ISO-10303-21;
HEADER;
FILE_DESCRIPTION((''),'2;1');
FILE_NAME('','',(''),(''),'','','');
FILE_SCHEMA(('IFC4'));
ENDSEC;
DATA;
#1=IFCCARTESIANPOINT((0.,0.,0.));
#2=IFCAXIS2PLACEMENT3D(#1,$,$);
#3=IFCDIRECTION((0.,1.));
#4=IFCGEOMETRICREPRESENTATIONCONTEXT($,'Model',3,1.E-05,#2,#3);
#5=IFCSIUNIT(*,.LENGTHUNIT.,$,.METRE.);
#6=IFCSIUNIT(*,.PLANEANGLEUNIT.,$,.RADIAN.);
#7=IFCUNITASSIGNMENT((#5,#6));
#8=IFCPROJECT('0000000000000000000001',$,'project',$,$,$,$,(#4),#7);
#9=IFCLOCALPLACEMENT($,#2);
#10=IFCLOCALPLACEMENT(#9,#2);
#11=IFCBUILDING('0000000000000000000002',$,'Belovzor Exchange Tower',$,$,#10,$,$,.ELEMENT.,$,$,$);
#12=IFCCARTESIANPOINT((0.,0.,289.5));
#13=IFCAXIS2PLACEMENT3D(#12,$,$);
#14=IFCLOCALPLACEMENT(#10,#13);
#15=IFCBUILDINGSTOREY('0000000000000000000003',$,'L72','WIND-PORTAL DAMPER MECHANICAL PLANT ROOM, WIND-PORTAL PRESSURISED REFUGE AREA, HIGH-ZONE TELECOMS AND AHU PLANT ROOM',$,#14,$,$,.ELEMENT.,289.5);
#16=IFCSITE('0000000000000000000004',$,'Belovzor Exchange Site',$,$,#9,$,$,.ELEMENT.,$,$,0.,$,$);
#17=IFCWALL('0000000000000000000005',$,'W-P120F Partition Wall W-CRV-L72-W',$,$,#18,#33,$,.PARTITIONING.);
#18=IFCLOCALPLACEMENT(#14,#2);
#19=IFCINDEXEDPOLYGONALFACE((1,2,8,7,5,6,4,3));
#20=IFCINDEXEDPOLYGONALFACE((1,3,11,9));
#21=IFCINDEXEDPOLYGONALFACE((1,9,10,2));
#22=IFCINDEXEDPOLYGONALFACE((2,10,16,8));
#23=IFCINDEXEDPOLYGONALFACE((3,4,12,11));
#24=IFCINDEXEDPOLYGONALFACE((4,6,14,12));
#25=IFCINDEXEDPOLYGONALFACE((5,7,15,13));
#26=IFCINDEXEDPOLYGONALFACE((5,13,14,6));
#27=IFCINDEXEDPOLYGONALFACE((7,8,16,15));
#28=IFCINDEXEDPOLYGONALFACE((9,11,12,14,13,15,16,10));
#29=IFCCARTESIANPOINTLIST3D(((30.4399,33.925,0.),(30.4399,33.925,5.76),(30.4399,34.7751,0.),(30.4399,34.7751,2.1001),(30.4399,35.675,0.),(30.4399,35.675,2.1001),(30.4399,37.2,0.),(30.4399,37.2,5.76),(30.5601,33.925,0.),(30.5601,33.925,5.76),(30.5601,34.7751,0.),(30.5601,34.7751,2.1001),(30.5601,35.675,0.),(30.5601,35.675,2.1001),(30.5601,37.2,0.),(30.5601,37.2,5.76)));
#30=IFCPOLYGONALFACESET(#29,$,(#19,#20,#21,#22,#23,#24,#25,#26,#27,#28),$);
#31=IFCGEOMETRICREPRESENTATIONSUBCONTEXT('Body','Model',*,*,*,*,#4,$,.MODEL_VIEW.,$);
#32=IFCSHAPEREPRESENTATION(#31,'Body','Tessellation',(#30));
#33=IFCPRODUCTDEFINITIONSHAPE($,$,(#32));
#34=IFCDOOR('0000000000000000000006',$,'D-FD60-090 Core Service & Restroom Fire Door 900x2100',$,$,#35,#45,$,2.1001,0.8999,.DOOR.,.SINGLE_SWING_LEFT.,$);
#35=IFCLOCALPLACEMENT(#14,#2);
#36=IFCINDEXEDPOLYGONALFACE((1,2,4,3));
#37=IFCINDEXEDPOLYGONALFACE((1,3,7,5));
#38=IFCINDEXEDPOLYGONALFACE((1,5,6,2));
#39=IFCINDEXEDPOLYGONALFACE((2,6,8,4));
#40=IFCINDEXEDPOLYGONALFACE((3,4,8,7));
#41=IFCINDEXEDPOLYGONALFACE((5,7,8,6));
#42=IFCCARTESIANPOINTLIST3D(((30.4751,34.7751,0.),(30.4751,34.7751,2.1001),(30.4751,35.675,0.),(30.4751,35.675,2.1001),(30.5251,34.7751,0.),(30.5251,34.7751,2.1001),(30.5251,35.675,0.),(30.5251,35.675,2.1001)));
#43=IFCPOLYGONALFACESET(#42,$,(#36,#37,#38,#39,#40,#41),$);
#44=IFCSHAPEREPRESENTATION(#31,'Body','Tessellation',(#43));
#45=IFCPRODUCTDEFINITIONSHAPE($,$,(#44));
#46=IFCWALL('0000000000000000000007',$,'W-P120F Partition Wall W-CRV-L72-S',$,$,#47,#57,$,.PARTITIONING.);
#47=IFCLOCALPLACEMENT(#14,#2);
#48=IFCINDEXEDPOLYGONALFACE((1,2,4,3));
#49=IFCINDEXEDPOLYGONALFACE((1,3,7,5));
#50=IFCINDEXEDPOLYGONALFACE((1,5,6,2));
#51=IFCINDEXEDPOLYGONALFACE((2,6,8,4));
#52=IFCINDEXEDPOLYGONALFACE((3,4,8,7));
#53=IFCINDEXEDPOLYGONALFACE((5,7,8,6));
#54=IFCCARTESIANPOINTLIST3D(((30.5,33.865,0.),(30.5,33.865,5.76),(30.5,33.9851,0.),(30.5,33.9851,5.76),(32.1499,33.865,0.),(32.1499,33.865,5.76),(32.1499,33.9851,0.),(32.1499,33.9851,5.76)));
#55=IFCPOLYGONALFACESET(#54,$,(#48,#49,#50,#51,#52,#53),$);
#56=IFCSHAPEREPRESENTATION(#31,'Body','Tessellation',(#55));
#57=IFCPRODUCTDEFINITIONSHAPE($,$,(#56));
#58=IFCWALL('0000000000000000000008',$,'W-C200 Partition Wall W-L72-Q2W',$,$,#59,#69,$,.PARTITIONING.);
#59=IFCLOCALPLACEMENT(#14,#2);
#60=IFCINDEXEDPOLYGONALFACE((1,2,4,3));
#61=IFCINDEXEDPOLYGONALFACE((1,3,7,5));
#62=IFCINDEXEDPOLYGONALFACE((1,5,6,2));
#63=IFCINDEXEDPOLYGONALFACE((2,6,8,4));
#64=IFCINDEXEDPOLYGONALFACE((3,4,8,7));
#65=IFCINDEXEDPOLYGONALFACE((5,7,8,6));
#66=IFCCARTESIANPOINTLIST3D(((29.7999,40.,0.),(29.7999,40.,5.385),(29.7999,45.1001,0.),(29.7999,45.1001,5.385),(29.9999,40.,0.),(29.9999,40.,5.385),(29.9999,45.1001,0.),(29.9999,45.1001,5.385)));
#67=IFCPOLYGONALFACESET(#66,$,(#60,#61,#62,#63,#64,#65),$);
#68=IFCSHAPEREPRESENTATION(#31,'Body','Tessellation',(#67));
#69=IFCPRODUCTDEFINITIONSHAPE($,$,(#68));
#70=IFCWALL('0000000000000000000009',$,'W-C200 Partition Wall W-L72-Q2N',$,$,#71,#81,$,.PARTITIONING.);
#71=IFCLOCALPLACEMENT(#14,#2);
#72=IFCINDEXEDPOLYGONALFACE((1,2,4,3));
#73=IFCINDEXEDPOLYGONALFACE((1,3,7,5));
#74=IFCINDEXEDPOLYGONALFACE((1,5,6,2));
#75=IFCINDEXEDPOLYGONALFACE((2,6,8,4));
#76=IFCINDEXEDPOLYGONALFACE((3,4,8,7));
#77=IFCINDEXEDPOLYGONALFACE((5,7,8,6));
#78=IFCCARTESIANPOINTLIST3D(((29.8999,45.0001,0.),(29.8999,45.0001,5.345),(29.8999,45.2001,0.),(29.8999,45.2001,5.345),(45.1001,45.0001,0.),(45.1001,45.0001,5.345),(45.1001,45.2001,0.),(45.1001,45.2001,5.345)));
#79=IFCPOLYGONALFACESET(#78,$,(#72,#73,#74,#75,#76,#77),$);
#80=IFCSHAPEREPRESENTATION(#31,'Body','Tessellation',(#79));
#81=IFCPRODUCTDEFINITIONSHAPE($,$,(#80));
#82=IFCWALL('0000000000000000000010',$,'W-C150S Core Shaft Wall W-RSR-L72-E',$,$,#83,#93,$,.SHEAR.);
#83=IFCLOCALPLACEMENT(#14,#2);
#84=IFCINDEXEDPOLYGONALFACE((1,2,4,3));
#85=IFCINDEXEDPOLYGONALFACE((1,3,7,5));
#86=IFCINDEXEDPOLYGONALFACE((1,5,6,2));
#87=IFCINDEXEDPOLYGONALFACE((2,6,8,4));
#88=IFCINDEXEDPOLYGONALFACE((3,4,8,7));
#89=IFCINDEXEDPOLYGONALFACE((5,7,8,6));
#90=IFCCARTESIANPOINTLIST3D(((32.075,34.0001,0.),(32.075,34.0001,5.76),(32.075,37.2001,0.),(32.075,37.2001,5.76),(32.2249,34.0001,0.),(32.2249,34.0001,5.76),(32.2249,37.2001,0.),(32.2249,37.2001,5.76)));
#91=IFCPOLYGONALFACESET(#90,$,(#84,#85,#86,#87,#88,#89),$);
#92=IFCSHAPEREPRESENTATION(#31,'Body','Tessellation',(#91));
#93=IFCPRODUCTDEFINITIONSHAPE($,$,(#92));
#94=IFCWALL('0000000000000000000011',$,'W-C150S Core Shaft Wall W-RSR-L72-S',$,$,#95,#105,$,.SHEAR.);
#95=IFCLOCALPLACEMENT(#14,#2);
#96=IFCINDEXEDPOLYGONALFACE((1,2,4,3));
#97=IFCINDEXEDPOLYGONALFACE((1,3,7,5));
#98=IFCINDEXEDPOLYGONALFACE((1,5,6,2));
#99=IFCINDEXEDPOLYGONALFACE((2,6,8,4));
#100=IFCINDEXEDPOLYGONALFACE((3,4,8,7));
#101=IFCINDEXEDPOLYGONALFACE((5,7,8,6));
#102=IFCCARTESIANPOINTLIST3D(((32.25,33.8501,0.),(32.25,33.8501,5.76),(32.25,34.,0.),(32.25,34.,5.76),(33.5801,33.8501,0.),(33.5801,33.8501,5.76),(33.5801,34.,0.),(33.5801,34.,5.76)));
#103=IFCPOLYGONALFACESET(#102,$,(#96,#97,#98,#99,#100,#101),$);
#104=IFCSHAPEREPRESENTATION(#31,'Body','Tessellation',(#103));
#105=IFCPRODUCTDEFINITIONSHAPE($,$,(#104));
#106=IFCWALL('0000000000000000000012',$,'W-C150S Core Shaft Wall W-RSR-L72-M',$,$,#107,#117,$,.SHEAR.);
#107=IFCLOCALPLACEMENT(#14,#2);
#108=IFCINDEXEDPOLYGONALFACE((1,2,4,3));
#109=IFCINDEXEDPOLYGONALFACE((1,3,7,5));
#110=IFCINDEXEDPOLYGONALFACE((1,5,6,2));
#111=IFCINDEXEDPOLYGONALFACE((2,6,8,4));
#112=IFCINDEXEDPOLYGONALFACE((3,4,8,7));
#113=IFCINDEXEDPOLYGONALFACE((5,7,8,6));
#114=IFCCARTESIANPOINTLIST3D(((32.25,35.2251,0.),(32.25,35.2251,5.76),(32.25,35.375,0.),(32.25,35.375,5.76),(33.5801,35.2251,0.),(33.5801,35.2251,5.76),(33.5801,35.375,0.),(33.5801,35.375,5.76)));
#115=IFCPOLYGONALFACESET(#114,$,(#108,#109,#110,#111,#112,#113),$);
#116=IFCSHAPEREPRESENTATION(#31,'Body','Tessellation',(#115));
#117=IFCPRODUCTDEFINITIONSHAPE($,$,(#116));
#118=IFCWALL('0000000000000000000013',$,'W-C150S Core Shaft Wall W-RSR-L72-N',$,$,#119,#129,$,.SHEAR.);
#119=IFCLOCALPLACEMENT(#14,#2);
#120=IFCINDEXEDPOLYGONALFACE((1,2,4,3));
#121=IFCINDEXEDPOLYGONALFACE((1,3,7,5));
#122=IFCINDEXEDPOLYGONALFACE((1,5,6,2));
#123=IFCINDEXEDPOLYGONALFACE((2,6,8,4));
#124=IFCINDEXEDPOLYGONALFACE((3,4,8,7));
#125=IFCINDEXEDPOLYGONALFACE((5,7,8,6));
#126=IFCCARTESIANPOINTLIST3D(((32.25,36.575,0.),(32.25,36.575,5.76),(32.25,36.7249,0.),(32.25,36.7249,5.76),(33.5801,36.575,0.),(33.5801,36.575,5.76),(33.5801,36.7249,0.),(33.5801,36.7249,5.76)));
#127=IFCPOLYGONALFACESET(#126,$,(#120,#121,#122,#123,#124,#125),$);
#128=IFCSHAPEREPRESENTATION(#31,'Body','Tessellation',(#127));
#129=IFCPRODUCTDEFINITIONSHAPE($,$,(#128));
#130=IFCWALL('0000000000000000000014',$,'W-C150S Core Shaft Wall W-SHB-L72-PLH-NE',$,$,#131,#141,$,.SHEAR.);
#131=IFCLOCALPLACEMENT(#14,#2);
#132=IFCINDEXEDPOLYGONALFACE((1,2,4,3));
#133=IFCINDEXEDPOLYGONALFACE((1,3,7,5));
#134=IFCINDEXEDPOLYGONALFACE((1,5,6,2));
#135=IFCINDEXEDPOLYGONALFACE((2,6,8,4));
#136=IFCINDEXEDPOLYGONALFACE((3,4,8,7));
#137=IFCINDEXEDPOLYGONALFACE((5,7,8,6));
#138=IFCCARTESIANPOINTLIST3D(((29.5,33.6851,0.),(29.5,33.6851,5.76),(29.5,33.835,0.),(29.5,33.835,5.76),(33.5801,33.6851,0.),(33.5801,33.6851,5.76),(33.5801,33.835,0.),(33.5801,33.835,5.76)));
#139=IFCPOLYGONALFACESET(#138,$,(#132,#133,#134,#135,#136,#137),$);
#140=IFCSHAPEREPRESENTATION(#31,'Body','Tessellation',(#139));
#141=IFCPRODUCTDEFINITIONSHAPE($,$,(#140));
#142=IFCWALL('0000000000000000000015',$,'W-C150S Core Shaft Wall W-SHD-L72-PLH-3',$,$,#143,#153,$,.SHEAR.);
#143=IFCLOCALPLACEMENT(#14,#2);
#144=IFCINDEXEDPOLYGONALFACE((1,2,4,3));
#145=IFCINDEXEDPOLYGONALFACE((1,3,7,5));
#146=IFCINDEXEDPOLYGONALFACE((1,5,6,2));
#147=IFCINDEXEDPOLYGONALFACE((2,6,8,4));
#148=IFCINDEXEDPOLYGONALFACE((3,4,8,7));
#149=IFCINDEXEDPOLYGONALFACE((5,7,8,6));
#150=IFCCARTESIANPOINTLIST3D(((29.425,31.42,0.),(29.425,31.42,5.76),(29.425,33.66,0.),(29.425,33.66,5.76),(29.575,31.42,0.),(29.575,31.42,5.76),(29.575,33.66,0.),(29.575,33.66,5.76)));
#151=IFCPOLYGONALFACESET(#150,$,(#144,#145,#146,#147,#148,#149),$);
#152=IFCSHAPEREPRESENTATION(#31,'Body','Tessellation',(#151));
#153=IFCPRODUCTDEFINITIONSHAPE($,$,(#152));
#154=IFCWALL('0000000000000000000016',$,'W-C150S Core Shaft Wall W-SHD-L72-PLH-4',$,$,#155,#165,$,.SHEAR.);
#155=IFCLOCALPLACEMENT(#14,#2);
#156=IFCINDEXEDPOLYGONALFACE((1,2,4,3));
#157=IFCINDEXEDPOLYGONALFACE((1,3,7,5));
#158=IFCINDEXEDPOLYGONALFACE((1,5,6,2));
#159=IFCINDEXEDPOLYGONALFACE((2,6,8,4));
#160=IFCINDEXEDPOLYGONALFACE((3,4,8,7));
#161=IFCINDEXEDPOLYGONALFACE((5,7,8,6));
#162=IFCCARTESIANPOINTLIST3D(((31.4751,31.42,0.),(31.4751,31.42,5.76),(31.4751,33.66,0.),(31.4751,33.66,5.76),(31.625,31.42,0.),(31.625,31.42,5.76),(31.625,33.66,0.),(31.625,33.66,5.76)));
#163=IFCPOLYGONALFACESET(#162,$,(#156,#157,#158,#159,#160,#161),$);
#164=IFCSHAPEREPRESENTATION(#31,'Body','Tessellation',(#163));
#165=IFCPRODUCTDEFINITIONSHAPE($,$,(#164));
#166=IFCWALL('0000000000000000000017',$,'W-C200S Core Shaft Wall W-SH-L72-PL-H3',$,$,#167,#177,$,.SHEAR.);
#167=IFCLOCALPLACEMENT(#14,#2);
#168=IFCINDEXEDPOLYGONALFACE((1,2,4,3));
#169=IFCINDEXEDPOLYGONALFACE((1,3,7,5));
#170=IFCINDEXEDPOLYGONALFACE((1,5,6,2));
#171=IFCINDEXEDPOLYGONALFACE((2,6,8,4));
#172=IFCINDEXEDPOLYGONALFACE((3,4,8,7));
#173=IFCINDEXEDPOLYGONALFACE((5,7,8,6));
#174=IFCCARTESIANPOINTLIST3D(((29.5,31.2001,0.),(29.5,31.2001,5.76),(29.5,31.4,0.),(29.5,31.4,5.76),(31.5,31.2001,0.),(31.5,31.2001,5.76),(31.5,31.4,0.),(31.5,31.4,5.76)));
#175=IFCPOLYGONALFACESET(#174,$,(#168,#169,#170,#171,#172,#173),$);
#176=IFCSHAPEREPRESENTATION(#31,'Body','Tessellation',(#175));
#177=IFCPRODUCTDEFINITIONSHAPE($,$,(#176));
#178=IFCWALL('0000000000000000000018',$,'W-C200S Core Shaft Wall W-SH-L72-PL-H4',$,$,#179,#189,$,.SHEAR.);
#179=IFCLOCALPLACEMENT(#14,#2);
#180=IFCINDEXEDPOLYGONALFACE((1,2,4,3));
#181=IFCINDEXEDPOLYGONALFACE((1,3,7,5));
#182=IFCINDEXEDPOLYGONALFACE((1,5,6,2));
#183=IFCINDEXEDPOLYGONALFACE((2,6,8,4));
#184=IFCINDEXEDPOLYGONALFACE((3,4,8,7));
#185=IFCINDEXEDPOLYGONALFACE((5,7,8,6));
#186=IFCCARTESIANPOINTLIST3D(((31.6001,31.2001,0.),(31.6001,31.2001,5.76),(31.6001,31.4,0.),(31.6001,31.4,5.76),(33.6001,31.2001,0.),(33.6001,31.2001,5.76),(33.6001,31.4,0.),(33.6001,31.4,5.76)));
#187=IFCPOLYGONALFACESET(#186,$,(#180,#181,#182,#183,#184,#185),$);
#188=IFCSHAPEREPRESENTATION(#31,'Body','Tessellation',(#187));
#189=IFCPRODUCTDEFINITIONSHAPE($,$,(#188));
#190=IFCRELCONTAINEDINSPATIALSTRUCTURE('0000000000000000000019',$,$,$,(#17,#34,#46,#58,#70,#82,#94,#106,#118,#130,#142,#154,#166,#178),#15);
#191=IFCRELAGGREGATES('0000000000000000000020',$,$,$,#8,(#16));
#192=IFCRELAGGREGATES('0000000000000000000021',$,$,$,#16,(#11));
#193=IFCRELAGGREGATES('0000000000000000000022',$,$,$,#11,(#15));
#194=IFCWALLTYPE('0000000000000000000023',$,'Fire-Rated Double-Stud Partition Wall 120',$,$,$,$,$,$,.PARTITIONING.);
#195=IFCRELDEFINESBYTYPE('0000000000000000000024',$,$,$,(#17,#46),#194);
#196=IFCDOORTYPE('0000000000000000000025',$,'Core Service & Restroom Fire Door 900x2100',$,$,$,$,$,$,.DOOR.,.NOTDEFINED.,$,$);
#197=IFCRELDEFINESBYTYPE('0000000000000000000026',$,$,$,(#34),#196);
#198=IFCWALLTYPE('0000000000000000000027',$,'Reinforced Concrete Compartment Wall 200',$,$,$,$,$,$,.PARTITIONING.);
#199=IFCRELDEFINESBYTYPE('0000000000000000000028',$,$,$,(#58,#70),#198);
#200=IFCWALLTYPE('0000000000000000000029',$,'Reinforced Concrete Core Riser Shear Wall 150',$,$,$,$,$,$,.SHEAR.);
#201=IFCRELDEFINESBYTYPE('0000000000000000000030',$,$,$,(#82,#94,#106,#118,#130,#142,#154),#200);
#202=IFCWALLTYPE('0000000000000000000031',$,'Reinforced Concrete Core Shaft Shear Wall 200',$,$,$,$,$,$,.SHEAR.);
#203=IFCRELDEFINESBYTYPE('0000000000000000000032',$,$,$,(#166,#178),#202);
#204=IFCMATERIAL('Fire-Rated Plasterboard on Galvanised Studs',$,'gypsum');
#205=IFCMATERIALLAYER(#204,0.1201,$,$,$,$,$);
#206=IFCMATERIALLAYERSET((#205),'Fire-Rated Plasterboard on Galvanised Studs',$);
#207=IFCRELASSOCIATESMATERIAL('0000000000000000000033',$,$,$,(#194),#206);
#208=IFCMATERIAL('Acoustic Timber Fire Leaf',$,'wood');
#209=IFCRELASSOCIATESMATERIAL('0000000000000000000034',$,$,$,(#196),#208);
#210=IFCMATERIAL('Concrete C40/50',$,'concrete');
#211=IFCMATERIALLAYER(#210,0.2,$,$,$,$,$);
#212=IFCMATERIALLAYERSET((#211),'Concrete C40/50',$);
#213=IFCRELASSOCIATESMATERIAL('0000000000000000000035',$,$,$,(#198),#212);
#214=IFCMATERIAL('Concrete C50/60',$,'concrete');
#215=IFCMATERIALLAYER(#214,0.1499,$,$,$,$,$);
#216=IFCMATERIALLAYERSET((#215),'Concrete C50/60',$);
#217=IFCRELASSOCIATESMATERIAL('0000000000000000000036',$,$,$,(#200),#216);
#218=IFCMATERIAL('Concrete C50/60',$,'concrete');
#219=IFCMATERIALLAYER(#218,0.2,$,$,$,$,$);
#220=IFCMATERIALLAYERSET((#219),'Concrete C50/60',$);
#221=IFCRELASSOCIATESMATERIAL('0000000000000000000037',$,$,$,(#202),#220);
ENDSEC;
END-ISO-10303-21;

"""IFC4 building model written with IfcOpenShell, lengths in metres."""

from ifc_helpers import new_model, si_unit, direction, frame, frame_2d, origin, place, context, subcontext, project, spatial, rectangle, extrude, material, layer, layer_set, type_object, element, fill, save


model = new_model("IFC4")

# Units and contexts
model_context = context("Model", 3, precision=1e-05, world=origin(), true_north=direction((0.0, 1.0)))
body_context = subcontext(model_context, "Body", "Model", "MODEL_VIEW")
ifc_project = project(units=[si_unit("LENGTHUNIT", "METRE"), si_unit("PLANEANGLEUNIT", "RADIAN")], contexts=[model_context])

# Site, building, storey
site_placement = place(None, origin())
site = spatial("IfcSite", under=ifc_project, at=site_placement, Name="Belovzor Exchange Site", CompositionType="ELEMENT", RefElevation=0.0)
building_placement = place(site_placement, origin())
building = spatial("IfcBuilding", under=site, at=building_placement, Name="Belovzor Exchange Tower", CompositionType="ELEMENT")
storey_placement = place(building_placement, frame((0.0, 0.0, 289.5)))
storey = spatial("IfcBuildingStorey", under=building, at=storey_placement, Name="L72", Description="WIND-PORTAL DAMPER MECHANICAL PLANT ROOM, WIND-PORTAL PRESSURISED REFUGE AREA, HIGH-ZONE TELECOMS AND AHU PLANT ROOM", CompositionType="ELEMENT", Elevation=289.5)

# Wall, opening, door
ifc_material_1 = material(Name="Fire-Rated Plasterboard on Galvanised Studs", Category="gypsum")
ifc_layer_1 = layer(ifc_material_1, 0.1201)
ifc_layer_set_1 = layer_set([ifc_layer_1], Name="Fire-Rated Plasterboard on Galvanised Studs")
wall_type_1 = type_object("IfcWallType", Name="Fire-Rated Double-Stud Partition Wall 120", PredefinedType="PARTITIONING", material=ifc_layer_set_1)
wall_1_placement = place(storey_placement, frame((30.5, 33.925, 0.0), z_axis=(0.0, 0.0, 1.0), x_axis=(0.0, 1.0, 0.0)))
wall_1 = element("IfcWall", 1, at=wall_1_placement, inside=storey, type_object=wall_type_1, Name="W-P120F Partition Wall W-CRV-L72-W", PredefinedType="PARTITIONING", context=body_context, shape_type="SweptSolid", body=[
    extrude(rectangle(XDim=3.2749, YDim=0.1201, at=frame_2d((1.6375, 0.0))), origin(), (0.0, 0.0, 1.0), 5.76),
])
opening_placement = place(wall_1_placement, frame((0.8501, 0.0, 0.0)))
opening = element("IfcOpeningElement", 2, at=opening_placement, cuts=wall_1, PredefinedType="OPENING", context=body_context, shape_type="SweptSolid", body=[
    extrude(rectangle(XDim=0.8999, YDim=2.1001, at=frame_2d((0.45, 1.05))), frame((0.0, 0.0701, 0.0), z_axis=(0.0, -1.0, 0.0), x_axis=(1.0, 0.0, 0.0)), (0.0, 0.0, 1.0), 0.1401),
])
ifc_material_2 = material(Name="Acoustic Timber Fire Leaf", Category="wood")
door_type = type_object("IfcDoorType", Name="Core Service & Restroom Fire Door 900x2100", OperationType="NOTDEFINED", PredefinedType="DOOR", material=ifc_material_2)
door_placement = place(opening_placement, origin())
door = element("IfcDoor", 3, at=door_placement, inside=storey, type_object=door_type, Name="D-FD60-090 Core Service & Restroom Fire Door 900x2100", OperationType="SINGLE_SWING_LEFT", OverallHeight=2.1001, OverallWidth=0.8999, PredefinedType="DOOR", context=body_context, shape_type="SweptSolid", body=[
    extrude(rectangle(XDim=0.8999, YDim=2.1001, at=frame_2d((0.45, 1.05))), frame((0.0, 0.0249, 0.0), z_axis=(0.0, -1.0, 0.0), x_axis=(1.0, 0.0, 0.0)), (0.0, 0.0, 1.0), 0.05),
])
fill(opening, door)

# Walls
wall_2_placement = place(storey_placement, frame((30.5, 33.925, 0.0), z_axis=(0.0, 0.0, 1.0), x_axis=(1.0, 0.0, 0.0)))
element("IfcWall", 4, at=wall_2_placement, inside=storey, type_object=wall_type_1, Name="W-P120F Partition Wall W-CRV-L72-S", PredefinedType="PARTITIONING", context=body_context, shape_type="SweptSolid", body=[
    extrude(rectangle(XDim=1.6499, YDim=0.1201, at=frame_2d((0.825, 0.0))), origin(), (0.0, 0.0, 1.0), 5.76),
])
ifc_material_3 = material(Name="Concrete C40/50", Category="concrete")
ifc_layer_2 = layer(ifc_material_3, 0.2)
ifc_layer_set_2 = layer_set([ifc_layer_2], Name="Concrete C40/50")
wall_type_2 = type_object("IfcWallType", Name="Reinforced Concrete Compartment Wall 200", PredefinedType="PARTITIONING", material=ifc_layer_set_2)
wall_3_placement = place(storey_placement, frame((29.8999, 40.0, 0.0), z_axis=(0.0, 0.0, 1.0), x_axis=(0.0, 1.0, 0.0)))
element("IfcWall", 5, at=wall_3_placement, inside=storey, type_object=wall_type_2, Name="W-C200 Partition Wall W-L72-Q2W", PredefinedType="PARTITIONING", context=body_context, shape_type="SweptSolid", body=[
    extrude(rectangle(XDim=5.1001, YDim=0.2, at=frame_2d((2.55, 0.0))), origin(), (0.0, 0.0, 1.0), 5.385),
])
wall_4_placement = place(storey_placement, frame((29.8999, 45.1001, 0.0), z_axis=(0.0, 0.0, 1.0), x_axis=(1.0, 0.0, 0.0)))
element("IfcWall", 6, at=wall_4_placement, inside=storey, type_object=wall_type_2, Name="W-C200 Partition Wall W-L72-Q2N", PredefinedType="PARTITIONING", context=body_context, shape_type="SweptSolid", body=[
    extrude(rectangle(XDim=15.2002, YDim=0.2, at=frame_2d((7.6001, 0.0))), origin(), (0.0, 0.0, 1.0), 5.345),
])
ifc_material_4 = material(Name="Concrete C50/60", Category="concrete")
ifc_layer_3 = layer(ifc_material_4, 0.1499)
ifc_layer_set_3 = layer_set([ifc_layer_3], Name="Concrete C50/60")
wall_type_3 = type_object("IfcWallType", Name="Reinforced Concrete Core Riser Shear Wall 150", PredefinedType="SHEAR", material=ifc_layer_set_3)
wall_5_placement = place(storey_placement, frame((32.1499, 34.0, 0.0), z_axis=(0.0, 0.0, 1.0), x_axis=(0.0, 1.0, 0.0)))
element("IfcWall", 7, at=wall_5_placement, inside=storey, type_object=wall_type_3, Name="W-C150S Core Shaft Wall W-RSR-L72-E", PredefinedType="SHEAR", context=body_context, shape_type="SweptSolid", body=[
    extrude(rectangle(XDim=3.2, YDim=0.1499, at=frame_2d((1.6001, 0.0))), origin(), (0.0, 0.0, 1.0), 5.76),
])
for number, where, z_axis, x_axis, name in (
    (8, (32.25, 33.925, 0.0), (0.0, 0.0, 1.0), (1.0, 0.0, 0.0), "W-C150S Core Shaft Wall W-RSR-L72-S"),
    (9, (32.25, 35.3, 0.0), (0.0, 0.0, 1.0), (1.0, 0.0, 0.0), "W-C150S Core Shaft Wall W-RSR-L72-M"),
    (10, (32.25, 36.6499, 0.0), (0.0, 0.0, 1.0), (1.0, 0.0, 0.0), "W-C150S Core Shaft Wall W-RSR-L72-N"),
):
    element("IfcWall", number, at=place(storey_placement, frame(where, z_axis=z_axis, x_axis=x_axis)), inside=storey, type_object=wall_type_3, Name=name, PredefinedType="SHEAR", context=body_context, shape_type="SweptSolid", body=[
        extrude(rectangle(XDim=1.3301, YDim=0.1499, at=frame_2d((0.665, 0.0))), origin(), (0.0, 0.0, 1.0), 5.76),
    ])
wall_6_placement = place(storey_placement, frame((29.5, 33.76, 0.0), z_axis=(0.0, 0.0, 1.0), x_axis=(1.0, 0.0, 0.0)))
element("IfcWall", 11, at=wall_6_placement, inside=storey, type_object=wall_type_3, Name="W-C150S Core Shaft Wall W-SHB-L72-PLH-NE", PredefinedType="SHEAR", context=body_context, shape_type="SweptSolid", body=[
    extrude(rectangle(XDim=4.0801, YDim=0.1499, at=frame_2d((2.04, 0.0))), origin(), (0.0, 0.0, 1.0), 5.76),
])
for number, where, z_axis, x_axis, name in (
    (12, (29.5, 31.4199, 0.0), (0.0, 0.0, 1.0), (0.0, 1.0, 0.0), "W-C150S Core Shaft Wall W-SHD-L72-PLH-3"),
    (13, (31.55, 31.4199, 0.0), (0.0, 0.0, 1.0), (0.0, 1.0, 0.0), "W-C150S Core Shaft Wall W-SHD-L72-PLH-4"),
):
    element("IfcWall", number, at=place(storey_placement, frame(where, z_axis=z_axis, x_axis=x_axis)), inside=storey, type_object=wall_type_3, Name=name, PredefinedType="SHEAR", context=body_context, shape_type="SweptSolid", body=[
        extrude(rectangle(XDim=2.24, YDim=0.1499, at=frame_2d((1.1201, 0.0))), origin(), (0.0, 0.0, 1.0), 5.76),
    ])
ifc_material_5 = material(Name="Concrete C50/60", Category="concrete")
ifc_layer_4 = layer(ifc_material_5, 0.2)
ifc_layer_set_4 = layer_set([ifc_layer_4], Name="Concrete C50/60")
wall_type_4 = type_object("IfcWallType", Name="Reinforced Concrete Core Shaft Shear Wall 200", PredefinedType="SHEAR", material=ifc_layer_set_4)
for number, where, z_axis, x_axis, name in (
    (14, (29.5, 31.3, 0.0), (0.0, 0.0, 1.0), (1.0, 0.0, 0.0), "W-C200S Core Shaft Wall W-SH-L72-PL-H3"),
    (15, (31.6001, 31.3, 0.0), (0.0, 0.0, 1.0), (1.0, 0.0, 0.0), "W-C200S Core Shaft Wall W-SH-L72-PL-H4"),
):
    element("IfcWall", number, at=place(storey_placement, frame(where, z_axis=z_axis, x_axis=x_axis)), inside=storey, type_object=wall_type_4, Name=name, PredefinedType="SHEAR", context=body_context, shape_type="SweptSolid", body=[
        extrude(rectangle(XDim=2.0, YDim=0.2, at=frame_2d((1.0, 0.0))), origin(), (0.0, 0.0, 1.0), 5.76),
    ])

save(model, "model.ifc")
